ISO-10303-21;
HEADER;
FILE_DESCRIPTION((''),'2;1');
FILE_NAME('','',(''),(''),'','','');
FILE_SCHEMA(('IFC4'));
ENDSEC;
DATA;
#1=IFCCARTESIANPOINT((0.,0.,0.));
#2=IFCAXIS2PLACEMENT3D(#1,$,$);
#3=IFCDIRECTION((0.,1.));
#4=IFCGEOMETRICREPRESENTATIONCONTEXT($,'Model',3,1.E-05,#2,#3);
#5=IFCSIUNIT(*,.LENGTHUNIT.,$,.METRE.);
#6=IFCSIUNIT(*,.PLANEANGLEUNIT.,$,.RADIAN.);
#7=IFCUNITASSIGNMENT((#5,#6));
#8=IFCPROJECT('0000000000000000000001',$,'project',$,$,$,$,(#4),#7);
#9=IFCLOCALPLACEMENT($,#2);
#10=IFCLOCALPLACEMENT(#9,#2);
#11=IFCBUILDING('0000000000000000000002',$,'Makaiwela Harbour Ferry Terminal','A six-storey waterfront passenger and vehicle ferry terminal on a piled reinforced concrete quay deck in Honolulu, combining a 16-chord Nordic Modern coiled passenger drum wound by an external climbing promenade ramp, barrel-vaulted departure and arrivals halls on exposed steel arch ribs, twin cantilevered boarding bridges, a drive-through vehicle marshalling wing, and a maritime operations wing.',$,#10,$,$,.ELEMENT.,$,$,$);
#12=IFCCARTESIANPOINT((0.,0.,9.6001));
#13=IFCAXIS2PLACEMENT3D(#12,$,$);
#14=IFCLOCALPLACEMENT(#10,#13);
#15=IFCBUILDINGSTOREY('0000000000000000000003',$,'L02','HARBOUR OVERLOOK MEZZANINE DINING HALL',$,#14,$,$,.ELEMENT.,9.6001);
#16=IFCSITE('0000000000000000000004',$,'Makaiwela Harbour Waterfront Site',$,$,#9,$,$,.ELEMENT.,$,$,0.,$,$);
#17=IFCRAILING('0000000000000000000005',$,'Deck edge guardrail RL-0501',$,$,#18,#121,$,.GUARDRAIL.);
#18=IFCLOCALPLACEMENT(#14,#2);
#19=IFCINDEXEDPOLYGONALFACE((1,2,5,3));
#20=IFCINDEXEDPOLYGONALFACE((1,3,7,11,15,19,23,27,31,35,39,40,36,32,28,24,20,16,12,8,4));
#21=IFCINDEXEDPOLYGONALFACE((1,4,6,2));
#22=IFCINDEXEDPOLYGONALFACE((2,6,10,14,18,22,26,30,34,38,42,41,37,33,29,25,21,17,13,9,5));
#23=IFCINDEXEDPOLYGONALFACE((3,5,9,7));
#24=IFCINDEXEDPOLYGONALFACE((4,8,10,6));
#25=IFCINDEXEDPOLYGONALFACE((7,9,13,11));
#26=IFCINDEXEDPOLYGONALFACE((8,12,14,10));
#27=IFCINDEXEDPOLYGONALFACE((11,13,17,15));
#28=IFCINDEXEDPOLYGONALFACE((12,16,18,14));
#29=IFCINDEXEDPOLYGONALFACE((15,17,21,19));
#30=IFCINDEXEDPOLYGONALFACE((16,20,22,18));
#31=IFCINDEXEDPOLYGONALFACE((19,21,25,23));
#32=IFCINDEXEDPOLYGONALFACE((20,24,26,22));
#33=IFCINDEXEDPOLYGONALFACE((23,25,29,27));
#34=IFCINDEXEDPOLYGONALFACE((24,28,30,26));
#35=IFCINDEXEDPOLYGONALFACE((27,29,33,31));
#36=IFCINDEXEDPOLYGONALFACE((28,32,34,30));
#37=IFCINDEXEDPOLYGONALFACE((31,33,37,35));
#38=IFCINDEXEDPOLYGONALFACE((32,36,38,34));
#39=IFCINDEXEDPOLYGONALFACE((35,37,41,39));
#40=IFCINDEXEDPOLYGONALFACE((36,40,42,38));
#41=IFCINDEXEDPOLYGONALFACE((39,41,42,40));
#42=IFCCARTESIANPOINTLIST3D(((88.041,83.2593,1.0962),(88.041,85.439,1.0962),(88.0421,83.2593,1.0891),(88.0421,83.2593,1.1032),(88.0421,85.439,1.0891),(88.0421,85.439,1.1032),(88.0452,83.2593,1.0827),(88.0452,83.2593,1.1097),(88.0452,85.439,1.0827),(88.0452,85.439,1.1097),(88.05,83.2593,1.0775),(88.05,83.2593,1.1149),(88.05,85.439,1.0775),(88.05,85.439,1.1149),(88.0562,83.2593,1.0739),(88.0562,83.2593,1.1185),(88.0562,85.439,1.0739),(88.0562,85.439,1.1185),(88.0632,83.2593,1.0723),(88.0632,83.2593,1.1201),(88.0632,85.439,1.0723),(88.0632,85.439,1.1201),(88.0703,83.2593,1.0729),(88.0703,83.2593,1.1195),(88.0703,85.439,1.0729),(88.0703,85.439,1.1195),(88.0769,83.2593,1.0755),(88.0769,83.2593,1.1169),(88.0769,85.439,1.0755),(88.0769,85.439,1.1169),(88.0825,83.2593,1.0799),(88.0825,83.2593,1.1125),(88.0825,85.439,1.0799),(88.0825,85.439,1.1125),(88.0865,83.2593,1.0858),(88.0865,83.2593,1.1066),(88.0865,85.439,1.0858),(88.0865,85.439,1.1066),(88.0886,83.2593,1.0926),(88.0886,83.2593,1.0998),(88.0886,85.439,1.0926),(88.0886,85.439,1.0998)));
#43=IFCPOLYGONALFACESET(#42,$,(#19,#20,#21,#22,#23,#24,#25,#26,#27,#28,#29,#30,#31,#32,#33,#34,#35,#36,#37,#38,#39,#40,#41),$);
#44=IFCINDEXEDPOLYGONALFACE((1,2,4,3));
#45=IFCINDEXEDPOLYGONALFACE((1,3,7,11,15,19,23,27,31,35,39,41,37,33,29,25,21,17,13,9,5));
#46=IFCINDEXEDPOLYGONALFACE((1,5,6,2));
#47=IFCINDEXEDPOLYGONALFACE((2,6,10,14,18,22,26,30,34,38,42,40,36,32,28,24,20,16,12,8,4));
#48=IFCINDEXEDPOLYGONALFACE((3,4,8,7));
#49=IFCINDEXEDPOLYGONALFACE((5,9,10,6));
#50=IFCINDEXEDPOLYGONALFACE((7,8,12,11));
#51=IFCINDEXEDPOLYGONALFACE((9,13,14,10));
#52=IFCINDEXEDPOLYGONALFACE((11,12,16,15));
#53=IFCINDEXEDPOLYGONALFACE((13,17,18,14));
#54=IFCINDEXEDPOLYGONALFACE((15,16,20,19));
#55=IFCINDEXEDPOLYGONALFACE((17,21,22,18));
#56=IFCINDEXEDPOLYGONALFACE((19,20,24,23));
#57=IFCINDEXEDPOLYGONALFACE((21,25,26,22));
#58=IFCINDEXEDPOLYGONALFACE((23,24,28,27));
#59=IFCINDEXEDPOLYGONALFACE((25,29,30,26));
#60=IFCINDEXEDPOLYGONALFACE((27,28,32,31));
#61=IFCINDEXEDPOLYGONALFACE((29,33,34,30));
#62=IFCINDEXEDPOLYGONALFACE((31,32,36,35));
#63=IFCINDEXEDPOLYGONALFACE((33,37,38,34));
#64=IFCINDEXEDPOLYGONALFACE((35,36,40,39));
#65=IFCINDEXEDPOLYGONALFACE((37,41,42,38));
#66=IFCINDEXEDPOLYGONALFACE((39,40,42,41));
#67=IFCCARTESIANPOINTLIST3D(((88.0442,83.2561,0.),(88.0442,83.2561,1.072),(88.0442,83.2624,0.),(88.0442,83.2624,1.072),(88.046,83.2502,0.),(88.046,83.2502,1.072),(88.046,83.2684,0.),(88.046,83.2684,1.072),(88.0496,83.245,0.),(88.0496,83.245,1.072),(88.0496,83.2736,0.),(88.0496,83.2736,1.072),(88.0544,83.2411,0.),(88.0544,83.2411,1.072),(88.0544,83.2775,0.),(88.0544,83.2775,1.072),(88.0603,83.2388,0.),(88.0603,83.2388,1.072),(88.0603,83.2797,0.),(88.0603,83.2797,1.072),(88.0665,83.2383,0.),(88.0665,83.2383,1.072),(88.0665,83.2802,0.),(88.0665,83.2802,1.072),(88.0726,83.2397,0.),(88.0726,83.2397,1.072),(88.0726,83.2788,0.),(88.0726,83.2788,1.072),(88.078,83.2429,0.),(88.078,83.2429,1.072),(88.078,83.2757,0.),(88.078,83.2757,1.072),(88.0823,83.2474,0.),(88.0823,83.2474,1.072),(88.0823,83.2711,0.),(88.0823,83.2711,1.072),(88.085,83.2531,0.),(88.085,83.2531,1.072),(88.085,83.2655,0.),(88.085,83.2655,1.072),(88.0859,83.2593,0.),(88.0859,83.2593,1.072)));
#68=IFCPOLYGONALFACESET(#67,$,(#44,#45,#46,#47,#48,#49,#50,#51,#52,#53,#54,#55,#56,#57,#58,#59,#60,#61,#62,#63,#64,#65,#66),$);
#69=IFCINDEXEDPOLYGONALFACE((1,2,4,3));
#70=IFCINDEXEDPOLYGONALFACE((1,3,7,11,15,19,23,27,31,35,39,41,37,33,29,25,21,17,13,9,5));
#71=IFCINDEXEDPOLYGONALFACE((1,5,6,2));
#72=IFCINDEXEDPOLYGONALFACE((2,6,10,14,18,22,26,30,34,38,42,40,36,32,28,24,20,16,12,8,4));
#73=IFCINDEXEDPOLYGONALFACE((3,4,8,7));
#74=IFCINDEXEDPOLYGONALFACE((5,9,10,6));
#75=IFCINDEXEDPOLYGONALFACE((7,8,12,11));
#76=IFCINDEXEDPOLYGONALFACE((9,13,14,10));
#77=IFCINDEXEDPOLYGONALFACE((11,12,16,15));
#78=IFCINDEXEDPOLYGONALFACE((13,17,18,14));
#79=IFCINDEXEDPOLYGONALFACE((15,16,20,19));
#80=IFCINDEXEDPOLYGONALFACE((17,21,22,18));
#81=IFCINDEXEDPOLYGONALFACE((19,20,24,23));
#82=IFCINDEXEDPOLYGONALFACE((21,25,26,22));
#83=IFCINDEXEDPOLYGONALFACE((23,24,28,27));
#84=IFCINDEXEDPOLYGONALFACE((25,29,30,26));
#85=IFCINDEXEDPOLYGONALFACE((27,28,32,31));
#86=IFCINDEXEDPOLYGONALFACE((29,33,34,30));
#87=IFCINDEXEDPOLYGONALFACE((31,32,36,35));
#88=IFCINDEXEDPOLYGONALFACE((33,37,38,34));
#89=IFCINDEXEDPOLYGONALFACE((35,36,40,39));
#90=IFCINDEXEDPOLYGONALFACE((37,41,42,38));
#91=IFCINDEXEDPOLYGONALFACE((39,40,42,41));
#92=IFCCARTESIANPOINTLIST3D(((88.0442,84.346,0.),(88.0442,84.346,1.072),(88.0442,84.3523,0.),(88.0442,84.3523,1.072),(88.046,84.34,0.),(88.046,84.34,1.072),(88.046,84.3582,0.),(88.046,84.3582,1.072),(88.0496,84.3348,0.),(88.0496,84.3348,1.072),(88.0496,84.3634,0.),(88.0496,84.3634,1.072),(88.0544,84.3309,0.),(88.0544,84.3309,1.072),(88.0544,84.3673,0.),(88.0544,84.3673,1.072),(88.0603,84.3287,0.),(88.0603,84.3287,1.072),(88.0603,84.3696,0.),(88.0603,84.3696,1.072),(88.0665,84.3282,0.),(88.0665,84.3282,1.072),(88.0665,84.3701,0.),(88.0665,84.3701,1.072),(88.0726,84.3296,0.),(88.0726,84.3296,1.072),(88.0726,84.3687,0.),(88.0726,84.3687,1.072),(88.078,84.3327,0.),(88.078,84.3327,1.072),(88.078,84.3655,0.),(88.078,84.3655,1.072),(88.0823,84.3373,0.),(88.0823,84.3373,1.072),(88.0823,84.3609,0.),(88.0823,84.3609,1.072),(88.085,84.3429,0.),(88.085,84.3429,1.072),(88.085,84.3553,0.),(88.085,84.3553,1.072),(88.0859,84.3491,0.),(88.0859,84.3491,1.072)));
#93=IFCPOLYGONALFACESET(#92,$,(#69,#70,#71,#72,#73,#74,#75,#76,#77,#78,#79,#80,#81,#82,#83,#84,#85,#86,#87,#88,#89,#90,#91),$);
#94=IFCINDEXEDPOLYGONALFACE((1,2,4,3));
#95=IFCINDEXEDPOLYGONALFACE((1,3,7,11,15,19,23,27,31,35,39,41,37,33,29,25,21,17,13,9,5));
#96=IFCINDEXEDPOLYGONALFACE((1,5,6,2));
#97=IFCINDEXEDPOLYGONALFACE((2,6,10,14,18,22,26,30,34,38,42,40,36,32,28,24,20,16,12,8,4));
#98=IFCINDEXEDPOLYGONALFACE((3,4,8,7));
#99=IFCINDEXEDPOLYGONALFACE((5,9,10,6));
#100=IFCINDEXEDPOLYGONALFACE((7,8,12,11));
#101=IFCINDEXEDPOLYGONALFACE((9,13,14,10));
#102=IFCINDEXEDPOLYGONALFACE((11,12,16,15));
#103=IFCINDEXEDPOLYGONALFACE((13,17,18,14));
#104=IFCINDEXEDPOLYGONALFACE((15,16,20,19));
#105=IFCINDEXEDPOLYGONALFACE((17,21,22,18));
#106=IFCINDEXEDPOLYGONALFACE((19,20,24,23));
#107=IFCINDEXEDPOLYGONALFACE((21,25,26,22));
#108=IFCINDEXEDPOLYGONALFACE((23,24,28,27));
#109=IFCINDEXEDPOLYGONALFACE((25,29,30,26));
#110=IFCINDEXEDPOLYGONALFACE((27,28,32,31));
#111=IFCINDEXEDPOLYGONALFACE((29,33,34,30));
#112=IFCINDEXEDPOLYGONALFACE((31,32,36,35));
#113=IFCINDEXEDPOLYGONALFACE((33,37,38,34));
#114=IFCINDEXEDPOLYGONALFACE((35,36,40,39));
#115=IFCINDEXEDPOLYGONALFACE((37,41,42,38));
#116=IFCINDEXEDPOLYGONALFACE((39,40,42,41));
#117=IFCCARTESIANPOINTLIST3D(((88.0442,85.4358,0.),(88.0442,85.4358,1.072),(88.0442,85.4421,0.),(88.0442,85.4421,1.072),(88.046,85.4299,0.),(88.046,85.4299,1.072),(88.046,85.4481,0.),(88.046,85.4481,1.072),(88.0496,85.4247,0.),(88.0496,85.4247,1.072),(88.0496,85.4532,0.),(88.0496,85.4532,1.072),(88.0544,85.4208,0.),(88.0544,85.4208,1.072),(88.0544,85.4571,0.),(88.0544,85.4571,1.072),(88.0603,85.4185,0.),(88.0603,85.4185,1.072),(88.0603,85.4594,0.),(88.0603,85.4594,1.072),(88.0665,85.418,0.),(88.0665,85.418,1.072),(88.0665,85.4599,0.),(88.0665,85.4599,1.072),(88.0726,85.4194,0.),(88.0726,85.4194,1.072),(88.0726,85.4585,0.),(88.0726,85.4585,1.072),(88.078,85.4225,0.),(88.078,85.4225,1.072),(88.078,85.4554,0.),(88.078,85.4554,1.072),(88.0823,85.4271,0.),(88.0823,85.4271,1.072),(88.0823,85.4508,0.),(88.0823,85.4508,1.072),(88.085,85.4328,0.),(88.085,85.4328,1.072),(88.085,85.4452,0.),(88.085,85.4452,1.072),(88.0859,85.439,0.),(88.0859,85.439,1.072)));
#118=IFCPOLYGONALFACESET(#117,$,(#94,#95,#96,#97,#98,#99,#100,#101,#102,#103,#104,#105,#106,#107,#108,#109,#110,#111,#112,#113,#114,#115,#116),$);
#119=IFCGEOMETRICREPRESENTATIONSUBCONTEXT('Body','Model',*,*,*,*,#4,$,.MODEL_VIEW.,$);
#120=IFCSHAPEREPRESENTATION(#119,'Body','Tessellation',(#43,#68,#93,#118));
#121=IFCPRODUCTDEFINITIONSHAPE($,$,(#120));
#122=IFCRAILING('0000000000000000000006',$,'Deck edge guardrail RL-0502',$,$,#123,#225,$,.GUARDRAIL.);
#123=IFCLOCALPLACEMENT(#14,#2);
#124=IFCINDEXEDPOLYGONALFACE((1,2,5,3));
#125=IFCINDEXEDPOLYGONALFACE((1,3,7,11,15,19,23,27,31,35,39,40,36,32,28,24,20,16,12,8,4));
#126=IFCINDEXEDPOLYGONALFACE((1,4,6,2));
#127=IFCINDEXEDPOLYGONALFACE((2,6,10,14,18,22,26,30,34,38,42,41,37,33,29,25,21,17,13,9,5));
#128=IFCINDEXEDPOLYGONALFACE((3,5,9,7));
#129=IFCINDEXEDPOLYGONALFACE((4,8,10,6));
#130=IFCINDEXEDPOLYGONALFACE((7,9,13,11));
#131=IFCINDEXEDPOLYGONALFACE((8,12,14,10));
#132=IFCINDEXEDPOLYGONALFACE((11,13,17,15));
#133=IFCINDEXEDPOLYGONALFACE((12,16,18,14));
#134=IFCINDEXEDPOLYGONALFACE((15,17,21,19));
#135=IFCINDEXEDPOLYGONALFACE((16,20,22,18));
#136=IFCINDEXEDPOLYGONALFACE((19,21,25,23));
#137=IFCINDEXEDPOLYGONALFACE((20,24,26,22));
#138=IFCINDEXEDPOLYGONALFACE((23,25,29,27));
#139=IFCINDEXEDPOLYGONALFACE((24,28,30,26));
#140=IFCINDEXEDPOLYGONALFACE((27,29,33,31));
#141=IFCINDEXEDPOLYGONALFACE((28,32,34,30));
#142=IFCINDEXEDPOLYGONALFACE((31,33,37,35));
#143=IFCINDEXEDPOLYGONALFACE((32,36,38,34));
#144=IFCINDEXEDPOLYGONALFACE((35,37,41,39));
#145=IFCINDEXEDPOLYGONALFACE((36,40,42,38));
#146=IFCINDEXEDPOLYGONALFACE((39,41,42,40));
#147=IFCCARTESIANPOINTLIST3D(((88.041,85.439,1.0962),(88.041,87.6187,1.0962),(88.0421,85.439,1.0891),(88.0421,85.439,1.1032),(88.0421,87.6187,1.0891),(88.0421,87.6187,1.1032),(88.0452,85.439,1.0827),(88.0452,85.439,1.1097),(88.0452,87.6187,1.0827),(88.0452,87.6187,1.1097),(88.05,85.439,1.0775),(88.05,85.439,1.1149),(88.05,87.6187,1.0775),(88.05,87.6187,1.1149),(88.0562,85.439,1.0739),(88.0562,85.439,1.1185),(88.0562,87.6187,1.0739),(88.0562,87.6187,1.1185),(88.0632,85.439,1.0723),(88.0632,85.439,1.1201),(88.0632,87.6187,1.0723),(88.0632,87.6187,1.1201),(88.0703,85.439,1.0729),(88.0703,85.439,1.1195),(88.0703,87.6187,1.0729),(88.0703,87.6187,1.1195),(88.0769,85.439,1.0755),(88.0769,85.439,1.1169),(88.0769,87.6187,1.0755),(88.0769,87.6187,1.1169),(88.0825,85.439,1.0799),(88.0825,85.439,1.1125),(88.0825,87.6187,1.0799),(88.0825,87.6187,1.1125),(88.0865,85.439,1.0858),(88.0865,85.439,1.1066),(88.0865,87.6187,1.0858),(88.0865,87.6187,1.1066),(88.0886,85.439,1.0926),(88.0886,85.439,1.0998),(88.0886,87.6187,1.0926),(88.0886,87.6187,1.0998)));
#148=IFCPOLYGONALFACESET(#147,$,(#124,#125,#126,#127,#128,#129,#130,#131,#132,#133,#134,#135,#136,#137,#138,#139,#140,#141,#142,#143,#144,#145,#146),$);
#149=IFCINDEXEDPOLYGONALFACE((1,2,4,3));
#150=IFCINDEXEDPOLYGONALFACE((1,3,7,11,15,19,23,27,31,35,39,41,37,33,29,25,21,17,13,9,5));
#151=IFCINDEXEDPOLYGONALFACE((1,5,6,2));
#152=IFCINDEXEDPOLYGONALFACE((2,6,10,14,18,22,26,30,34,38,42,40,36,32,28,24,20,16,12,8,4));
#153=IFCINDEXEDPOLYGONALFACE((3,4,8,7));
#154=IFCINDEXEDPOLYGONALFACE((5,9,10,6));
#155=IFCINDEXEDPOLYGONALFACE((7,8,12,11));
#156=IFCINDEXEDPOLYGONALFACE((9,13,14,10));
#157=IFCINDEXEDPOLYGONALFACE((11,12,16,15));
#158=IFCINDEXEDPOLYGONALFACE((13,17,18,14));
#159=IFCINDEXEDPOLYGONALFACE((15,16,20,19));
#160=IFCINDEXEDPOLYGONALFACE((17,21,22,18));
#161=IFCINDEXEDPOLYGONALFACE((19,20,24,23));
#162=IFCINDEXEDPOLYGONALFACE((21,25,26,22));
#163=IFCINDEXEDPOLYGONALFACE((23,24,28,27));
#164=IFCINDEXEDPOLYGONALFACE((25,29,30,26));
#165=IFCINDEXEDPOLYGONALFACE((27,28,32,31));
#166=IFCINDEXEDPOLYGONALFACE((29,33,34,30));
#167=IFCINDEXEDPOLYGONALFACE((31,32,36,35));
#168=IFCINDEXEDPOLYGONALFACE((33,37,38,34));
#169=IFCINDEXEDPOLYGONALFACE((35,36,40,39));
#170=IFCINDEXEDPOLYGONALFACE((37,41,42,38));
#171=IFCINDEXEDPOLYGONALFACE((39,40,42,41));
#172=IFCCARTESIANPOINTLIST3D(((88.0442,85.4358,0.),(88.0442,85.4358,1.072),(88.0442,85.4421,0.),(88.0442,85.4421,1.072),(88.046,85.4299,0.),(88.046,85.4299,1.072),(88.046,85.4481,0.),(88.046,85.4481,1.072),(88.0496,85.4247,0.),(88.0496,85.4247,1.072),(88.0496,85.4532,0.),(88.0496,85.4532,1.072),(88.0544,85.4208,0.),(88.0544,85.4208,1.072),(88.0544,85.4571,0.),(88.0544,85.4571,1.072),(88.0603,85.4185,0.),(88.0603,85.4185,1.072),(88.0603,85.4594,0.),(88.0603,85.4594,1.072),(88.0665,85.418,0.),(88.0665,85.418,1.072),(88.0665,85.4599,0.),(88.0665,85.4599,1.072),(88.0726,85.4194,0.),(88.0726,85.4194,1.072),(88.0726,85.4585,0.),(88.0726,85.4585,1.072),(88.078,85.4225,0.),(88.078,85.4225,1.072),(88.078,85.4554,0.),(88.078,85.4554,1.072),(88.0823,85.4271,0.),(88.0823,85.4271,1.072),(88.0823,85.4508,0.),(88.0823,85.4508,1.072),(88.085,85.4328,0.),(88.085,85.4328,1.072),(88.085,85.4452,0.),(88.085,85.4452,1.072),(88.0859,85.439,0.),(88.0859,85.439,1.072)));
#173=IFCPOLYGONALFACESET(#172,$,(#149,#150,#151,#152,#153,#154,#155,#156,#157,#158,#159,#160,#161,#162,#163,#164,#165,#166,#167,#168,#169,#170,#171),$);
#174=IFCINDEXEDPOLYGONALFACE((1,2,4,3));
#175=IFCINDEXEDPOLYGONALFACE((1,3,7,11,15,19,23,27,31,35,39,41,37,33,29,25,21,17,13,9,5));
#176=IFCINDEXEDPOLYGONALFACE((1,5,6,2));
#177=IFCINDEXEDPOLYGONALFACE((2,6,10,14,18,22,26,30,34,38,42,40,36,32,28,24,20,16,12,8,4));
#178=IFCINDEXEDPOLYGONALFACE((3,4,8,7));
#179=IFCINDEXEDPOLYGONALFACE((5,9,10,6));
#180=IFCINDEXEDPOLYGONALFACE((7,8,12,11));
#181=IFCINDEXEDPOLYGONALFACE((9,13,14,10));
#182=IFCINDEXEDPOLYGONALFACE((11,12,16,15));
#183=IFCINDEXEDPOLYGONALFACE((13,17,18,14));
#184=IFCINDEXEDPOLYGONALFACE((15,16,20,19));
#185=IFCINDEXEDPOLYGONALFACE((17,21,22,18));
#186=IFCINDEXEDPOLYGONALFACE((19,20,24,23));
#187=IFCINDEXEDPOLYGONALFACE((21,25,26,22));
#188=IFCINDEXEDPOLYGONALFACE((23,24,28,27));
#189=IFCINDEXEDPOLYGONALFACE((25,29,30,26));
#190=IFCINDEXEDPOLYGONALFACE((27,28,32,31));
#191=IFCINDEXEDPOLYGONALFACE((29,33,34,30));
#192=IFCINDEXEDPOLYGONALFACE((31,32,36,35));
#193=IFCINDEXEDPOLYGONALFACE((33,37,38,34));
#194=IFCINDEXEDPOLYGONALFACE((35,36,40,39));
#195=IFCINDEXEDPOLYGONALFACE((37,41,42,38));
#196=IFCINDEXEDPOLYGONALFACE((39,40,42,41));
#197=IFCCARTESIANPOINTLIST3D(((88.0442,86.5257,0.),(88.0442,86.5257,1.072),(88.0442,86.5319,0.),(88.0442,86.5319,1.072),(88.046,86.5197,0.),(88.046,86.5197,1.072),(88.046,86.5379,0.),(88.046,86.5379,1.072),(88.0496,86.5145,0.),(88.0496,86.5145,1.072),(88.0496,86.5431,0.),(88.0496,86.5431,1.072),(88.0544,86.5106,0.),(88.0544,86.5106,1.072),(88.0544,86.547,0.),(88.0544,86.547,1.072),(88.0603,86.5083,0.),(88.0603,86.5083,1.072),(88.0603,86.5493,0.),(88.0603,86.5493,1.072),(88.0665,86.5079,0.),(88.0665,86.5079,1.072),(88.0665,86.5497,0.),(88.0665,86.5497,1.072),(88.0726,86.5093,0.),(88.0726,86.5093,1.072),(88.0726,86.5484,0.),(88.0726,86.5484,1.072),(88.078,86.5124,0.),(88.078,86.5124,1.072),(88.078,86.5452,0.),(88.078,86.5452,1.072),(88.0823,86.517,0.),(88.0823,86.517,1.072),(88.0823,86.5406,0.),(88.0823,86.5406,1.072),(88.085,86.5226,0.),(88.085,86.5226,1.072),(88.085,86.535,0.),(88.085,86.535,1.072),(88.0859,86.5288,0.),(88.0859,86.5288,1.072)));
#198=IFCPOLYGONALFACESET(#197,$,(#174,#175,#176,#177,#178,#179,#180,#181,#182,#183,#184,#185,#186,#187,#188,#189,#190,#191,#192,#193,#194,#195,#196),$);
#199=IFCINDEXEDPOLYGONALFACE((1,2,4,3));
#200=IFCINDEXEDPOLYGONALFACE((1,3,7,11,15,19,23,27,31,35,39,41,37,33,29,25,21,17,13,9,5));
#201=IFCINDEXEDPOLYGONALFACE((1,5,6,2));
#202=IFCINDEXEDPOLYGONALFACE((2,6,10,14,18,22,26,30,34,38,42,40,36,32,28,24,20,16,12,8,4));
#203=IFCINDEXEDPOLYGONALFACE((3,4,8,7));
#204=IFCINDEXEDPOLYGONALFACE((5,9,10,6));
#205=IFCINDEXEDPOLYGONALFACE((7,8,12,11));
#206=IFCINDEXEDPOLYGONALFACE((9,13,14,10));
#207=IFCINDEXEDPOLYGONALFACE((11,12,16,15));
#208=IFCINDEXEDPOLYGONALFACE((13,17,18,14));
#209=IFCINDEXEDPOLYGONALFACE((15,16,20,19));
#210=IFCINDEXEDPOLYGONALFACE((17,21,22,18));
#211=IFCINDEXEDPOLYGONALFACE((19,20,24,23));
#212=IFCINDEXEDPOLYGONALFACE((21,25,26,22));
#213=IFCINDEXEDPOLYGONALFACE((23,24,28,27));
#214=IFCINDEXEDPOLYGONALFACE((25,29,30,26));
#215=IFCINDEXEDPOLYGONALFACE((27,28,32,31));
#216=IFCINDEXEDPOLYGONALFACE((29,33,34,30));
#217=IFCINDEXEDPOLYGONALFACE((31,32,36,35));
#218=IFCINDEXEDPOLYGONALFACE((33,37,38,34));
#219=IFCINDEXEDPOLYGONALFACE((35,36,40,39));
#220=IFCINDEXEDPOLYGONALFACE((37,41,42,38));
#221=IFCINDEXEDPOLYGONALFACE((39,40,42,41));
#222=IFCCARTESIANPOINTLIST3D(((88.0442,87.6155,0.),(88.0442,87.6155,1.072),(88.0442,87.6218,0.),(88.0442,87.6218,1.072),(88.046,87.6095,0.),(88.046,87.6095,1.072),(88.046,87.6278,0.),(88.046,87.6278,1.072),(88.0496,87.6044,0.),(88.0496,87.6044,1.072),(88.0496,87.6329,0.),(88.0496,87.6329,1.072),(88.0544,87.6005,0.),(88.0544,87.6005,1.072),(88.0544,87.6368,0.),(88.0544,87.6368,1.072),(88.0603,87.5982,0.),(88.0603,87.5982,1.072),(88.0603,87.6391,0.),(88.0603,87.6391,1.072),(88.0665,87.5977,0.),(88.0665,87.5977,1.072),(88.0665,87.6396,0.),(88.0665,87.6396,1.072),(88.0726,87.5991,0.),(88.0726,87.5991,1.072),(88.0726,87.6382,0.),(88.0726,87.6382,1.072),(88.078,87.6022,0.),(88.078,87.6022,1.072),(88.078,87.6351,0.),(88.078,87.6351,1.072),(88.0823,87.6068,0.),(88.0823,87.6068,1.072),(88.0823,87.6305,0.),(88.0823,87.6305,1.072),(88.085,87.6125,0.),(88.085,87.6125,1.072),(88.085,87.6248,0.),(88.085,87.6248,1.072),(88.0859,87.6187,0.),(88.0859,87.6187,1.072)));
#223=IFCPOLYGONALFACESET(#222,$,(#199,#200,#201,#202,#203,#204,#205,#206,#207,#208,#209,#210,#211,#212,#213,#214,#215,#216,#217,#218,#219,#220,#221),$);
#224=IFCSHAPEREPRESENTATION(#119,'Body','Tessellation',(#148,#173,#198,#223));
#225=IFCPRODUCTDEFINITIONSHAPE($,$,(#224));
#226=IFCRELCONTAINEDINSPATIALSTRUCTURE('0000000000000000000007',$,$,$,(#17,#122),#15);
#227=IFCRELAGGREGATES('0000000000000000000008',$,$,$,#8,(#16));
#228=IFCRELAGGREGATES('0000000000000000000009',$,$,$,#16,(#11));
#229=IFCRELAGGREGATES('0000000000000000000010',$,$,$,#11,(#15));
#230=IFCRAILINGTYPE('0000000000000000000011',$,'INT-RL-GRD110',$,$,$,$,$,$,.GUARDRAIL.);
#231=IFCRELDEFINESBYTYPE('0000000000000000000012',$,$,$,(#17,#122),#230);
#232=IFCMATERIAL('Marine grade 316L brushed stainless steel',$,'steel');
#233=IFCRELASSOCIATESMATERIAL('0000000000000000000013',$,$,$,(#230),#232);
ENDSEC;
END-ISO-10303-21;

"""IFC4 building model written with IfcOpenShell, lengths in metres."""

from ifc_helpers import new_model, si_unit, direction, frame, origin, origin_2d, place, context, subcontext, project, spatial, circle, extrude, material, type_object, element, save


model = new_model("IFC4")

# Units and contexts
model_context = context("Model", 3, precision=1e-05, world=origin(), true_north=direction((0.0, 1.0)))
body_context = subcontext(model_context, "Body", "Model", "MODEL_VIEW")
ifc_project = project(units=[si_unit("LENGTHUNIT", "METRE"), si_unit("PLANEANGLEUNIT", "RADIAN")], contexts=[model_context])

# Site, building, storey
site_placement = place(None, origin())
site = spatial("IfcSite", under=ifc_project, at=site_placement, Name="Makaiwela Harbour Waterfront Site", CompositionType="ELEMENT", RefElevation=0.0)
building_placement = place(site_placement, origin())
building = spatial("IfcBuilding", under=site, at=building_placement, Name="Makaiwela Harbour Ferry Terminal", Description="A six-storey waterfront passenger and vehicle ferry terminal on a piled reinforced concrete quay deck in Honolulu, combining a 16-chord Nordic Modern coiled passenger drum wound by an external climbing promenade ramp, barrel-vaulted departure and arrivals halls on exposed steel arch ribs, twin cantilevered boarding bridges, a drive-through vehicle marshalling wing, and a maritime operations wing.", CompositionType="ELEMENT")
storey_placement = place(building_placement, frame((0.0, 0.0, 9.6001)))
storey = spatial("IfcBuildingStorey", under=building, at=storey_placement, Name="L02", Description="HARBOUR OVERLOOK MEZZANINE DINING HALL", CompositionType="ELEMENT", Elevation=9.6001)

# Railings
ifc_material_1 = material(Name="Marine grade 316L brushed stainless steel", Category="steel")
railing_type = type_object("IfcRailingType", Name="INT-RL-GRD110", PredefinedType="GUARDRAIL", material=ifc_material_1)
for number, where, name in (
    (1, (88.0649, 83.2593, 0.0), "Deck edge guardrail RL-0501"),
    (2, (88.0649, 85.439, 0.0), "Deck edge guardrail RL-0502"),
):
    element("IfcRailing", number, at=place(storey_placement, frame(where)), inside=storey, type_object=railing_type, Name=name, PredefinedType="GUARDRAIL", context=body_context, shape_type="SweptSolid", body=[
        extrude(circle(Radius=0.0239, at=origin_2d()), frame((0.0, 0.0, 1.0962), z_axis=(0.0, 1.0, 0.0), x_axis=(-1.0, 0.0, 0.0)), (0.0, 0.0, 1.0), 2.1797),
        extrude(circle(Radius=0.021, at=origin_2d()), origin(), (0.0, 0.0, 1.0), 1.072),
        extrude(circle(Radius=0.021, at=origin_2d()), frame((0.0, 1.0898, 0.0)), (0.0, 0.0, 1.0), 1.072),
        extrude(circle(Radius=0.021, at=origin_2d()), frame((0.0, 2.1797, 0.0)), (0.0, 0.0, 1.0), 1.072),
    ])

save(model, "model.ifc")
